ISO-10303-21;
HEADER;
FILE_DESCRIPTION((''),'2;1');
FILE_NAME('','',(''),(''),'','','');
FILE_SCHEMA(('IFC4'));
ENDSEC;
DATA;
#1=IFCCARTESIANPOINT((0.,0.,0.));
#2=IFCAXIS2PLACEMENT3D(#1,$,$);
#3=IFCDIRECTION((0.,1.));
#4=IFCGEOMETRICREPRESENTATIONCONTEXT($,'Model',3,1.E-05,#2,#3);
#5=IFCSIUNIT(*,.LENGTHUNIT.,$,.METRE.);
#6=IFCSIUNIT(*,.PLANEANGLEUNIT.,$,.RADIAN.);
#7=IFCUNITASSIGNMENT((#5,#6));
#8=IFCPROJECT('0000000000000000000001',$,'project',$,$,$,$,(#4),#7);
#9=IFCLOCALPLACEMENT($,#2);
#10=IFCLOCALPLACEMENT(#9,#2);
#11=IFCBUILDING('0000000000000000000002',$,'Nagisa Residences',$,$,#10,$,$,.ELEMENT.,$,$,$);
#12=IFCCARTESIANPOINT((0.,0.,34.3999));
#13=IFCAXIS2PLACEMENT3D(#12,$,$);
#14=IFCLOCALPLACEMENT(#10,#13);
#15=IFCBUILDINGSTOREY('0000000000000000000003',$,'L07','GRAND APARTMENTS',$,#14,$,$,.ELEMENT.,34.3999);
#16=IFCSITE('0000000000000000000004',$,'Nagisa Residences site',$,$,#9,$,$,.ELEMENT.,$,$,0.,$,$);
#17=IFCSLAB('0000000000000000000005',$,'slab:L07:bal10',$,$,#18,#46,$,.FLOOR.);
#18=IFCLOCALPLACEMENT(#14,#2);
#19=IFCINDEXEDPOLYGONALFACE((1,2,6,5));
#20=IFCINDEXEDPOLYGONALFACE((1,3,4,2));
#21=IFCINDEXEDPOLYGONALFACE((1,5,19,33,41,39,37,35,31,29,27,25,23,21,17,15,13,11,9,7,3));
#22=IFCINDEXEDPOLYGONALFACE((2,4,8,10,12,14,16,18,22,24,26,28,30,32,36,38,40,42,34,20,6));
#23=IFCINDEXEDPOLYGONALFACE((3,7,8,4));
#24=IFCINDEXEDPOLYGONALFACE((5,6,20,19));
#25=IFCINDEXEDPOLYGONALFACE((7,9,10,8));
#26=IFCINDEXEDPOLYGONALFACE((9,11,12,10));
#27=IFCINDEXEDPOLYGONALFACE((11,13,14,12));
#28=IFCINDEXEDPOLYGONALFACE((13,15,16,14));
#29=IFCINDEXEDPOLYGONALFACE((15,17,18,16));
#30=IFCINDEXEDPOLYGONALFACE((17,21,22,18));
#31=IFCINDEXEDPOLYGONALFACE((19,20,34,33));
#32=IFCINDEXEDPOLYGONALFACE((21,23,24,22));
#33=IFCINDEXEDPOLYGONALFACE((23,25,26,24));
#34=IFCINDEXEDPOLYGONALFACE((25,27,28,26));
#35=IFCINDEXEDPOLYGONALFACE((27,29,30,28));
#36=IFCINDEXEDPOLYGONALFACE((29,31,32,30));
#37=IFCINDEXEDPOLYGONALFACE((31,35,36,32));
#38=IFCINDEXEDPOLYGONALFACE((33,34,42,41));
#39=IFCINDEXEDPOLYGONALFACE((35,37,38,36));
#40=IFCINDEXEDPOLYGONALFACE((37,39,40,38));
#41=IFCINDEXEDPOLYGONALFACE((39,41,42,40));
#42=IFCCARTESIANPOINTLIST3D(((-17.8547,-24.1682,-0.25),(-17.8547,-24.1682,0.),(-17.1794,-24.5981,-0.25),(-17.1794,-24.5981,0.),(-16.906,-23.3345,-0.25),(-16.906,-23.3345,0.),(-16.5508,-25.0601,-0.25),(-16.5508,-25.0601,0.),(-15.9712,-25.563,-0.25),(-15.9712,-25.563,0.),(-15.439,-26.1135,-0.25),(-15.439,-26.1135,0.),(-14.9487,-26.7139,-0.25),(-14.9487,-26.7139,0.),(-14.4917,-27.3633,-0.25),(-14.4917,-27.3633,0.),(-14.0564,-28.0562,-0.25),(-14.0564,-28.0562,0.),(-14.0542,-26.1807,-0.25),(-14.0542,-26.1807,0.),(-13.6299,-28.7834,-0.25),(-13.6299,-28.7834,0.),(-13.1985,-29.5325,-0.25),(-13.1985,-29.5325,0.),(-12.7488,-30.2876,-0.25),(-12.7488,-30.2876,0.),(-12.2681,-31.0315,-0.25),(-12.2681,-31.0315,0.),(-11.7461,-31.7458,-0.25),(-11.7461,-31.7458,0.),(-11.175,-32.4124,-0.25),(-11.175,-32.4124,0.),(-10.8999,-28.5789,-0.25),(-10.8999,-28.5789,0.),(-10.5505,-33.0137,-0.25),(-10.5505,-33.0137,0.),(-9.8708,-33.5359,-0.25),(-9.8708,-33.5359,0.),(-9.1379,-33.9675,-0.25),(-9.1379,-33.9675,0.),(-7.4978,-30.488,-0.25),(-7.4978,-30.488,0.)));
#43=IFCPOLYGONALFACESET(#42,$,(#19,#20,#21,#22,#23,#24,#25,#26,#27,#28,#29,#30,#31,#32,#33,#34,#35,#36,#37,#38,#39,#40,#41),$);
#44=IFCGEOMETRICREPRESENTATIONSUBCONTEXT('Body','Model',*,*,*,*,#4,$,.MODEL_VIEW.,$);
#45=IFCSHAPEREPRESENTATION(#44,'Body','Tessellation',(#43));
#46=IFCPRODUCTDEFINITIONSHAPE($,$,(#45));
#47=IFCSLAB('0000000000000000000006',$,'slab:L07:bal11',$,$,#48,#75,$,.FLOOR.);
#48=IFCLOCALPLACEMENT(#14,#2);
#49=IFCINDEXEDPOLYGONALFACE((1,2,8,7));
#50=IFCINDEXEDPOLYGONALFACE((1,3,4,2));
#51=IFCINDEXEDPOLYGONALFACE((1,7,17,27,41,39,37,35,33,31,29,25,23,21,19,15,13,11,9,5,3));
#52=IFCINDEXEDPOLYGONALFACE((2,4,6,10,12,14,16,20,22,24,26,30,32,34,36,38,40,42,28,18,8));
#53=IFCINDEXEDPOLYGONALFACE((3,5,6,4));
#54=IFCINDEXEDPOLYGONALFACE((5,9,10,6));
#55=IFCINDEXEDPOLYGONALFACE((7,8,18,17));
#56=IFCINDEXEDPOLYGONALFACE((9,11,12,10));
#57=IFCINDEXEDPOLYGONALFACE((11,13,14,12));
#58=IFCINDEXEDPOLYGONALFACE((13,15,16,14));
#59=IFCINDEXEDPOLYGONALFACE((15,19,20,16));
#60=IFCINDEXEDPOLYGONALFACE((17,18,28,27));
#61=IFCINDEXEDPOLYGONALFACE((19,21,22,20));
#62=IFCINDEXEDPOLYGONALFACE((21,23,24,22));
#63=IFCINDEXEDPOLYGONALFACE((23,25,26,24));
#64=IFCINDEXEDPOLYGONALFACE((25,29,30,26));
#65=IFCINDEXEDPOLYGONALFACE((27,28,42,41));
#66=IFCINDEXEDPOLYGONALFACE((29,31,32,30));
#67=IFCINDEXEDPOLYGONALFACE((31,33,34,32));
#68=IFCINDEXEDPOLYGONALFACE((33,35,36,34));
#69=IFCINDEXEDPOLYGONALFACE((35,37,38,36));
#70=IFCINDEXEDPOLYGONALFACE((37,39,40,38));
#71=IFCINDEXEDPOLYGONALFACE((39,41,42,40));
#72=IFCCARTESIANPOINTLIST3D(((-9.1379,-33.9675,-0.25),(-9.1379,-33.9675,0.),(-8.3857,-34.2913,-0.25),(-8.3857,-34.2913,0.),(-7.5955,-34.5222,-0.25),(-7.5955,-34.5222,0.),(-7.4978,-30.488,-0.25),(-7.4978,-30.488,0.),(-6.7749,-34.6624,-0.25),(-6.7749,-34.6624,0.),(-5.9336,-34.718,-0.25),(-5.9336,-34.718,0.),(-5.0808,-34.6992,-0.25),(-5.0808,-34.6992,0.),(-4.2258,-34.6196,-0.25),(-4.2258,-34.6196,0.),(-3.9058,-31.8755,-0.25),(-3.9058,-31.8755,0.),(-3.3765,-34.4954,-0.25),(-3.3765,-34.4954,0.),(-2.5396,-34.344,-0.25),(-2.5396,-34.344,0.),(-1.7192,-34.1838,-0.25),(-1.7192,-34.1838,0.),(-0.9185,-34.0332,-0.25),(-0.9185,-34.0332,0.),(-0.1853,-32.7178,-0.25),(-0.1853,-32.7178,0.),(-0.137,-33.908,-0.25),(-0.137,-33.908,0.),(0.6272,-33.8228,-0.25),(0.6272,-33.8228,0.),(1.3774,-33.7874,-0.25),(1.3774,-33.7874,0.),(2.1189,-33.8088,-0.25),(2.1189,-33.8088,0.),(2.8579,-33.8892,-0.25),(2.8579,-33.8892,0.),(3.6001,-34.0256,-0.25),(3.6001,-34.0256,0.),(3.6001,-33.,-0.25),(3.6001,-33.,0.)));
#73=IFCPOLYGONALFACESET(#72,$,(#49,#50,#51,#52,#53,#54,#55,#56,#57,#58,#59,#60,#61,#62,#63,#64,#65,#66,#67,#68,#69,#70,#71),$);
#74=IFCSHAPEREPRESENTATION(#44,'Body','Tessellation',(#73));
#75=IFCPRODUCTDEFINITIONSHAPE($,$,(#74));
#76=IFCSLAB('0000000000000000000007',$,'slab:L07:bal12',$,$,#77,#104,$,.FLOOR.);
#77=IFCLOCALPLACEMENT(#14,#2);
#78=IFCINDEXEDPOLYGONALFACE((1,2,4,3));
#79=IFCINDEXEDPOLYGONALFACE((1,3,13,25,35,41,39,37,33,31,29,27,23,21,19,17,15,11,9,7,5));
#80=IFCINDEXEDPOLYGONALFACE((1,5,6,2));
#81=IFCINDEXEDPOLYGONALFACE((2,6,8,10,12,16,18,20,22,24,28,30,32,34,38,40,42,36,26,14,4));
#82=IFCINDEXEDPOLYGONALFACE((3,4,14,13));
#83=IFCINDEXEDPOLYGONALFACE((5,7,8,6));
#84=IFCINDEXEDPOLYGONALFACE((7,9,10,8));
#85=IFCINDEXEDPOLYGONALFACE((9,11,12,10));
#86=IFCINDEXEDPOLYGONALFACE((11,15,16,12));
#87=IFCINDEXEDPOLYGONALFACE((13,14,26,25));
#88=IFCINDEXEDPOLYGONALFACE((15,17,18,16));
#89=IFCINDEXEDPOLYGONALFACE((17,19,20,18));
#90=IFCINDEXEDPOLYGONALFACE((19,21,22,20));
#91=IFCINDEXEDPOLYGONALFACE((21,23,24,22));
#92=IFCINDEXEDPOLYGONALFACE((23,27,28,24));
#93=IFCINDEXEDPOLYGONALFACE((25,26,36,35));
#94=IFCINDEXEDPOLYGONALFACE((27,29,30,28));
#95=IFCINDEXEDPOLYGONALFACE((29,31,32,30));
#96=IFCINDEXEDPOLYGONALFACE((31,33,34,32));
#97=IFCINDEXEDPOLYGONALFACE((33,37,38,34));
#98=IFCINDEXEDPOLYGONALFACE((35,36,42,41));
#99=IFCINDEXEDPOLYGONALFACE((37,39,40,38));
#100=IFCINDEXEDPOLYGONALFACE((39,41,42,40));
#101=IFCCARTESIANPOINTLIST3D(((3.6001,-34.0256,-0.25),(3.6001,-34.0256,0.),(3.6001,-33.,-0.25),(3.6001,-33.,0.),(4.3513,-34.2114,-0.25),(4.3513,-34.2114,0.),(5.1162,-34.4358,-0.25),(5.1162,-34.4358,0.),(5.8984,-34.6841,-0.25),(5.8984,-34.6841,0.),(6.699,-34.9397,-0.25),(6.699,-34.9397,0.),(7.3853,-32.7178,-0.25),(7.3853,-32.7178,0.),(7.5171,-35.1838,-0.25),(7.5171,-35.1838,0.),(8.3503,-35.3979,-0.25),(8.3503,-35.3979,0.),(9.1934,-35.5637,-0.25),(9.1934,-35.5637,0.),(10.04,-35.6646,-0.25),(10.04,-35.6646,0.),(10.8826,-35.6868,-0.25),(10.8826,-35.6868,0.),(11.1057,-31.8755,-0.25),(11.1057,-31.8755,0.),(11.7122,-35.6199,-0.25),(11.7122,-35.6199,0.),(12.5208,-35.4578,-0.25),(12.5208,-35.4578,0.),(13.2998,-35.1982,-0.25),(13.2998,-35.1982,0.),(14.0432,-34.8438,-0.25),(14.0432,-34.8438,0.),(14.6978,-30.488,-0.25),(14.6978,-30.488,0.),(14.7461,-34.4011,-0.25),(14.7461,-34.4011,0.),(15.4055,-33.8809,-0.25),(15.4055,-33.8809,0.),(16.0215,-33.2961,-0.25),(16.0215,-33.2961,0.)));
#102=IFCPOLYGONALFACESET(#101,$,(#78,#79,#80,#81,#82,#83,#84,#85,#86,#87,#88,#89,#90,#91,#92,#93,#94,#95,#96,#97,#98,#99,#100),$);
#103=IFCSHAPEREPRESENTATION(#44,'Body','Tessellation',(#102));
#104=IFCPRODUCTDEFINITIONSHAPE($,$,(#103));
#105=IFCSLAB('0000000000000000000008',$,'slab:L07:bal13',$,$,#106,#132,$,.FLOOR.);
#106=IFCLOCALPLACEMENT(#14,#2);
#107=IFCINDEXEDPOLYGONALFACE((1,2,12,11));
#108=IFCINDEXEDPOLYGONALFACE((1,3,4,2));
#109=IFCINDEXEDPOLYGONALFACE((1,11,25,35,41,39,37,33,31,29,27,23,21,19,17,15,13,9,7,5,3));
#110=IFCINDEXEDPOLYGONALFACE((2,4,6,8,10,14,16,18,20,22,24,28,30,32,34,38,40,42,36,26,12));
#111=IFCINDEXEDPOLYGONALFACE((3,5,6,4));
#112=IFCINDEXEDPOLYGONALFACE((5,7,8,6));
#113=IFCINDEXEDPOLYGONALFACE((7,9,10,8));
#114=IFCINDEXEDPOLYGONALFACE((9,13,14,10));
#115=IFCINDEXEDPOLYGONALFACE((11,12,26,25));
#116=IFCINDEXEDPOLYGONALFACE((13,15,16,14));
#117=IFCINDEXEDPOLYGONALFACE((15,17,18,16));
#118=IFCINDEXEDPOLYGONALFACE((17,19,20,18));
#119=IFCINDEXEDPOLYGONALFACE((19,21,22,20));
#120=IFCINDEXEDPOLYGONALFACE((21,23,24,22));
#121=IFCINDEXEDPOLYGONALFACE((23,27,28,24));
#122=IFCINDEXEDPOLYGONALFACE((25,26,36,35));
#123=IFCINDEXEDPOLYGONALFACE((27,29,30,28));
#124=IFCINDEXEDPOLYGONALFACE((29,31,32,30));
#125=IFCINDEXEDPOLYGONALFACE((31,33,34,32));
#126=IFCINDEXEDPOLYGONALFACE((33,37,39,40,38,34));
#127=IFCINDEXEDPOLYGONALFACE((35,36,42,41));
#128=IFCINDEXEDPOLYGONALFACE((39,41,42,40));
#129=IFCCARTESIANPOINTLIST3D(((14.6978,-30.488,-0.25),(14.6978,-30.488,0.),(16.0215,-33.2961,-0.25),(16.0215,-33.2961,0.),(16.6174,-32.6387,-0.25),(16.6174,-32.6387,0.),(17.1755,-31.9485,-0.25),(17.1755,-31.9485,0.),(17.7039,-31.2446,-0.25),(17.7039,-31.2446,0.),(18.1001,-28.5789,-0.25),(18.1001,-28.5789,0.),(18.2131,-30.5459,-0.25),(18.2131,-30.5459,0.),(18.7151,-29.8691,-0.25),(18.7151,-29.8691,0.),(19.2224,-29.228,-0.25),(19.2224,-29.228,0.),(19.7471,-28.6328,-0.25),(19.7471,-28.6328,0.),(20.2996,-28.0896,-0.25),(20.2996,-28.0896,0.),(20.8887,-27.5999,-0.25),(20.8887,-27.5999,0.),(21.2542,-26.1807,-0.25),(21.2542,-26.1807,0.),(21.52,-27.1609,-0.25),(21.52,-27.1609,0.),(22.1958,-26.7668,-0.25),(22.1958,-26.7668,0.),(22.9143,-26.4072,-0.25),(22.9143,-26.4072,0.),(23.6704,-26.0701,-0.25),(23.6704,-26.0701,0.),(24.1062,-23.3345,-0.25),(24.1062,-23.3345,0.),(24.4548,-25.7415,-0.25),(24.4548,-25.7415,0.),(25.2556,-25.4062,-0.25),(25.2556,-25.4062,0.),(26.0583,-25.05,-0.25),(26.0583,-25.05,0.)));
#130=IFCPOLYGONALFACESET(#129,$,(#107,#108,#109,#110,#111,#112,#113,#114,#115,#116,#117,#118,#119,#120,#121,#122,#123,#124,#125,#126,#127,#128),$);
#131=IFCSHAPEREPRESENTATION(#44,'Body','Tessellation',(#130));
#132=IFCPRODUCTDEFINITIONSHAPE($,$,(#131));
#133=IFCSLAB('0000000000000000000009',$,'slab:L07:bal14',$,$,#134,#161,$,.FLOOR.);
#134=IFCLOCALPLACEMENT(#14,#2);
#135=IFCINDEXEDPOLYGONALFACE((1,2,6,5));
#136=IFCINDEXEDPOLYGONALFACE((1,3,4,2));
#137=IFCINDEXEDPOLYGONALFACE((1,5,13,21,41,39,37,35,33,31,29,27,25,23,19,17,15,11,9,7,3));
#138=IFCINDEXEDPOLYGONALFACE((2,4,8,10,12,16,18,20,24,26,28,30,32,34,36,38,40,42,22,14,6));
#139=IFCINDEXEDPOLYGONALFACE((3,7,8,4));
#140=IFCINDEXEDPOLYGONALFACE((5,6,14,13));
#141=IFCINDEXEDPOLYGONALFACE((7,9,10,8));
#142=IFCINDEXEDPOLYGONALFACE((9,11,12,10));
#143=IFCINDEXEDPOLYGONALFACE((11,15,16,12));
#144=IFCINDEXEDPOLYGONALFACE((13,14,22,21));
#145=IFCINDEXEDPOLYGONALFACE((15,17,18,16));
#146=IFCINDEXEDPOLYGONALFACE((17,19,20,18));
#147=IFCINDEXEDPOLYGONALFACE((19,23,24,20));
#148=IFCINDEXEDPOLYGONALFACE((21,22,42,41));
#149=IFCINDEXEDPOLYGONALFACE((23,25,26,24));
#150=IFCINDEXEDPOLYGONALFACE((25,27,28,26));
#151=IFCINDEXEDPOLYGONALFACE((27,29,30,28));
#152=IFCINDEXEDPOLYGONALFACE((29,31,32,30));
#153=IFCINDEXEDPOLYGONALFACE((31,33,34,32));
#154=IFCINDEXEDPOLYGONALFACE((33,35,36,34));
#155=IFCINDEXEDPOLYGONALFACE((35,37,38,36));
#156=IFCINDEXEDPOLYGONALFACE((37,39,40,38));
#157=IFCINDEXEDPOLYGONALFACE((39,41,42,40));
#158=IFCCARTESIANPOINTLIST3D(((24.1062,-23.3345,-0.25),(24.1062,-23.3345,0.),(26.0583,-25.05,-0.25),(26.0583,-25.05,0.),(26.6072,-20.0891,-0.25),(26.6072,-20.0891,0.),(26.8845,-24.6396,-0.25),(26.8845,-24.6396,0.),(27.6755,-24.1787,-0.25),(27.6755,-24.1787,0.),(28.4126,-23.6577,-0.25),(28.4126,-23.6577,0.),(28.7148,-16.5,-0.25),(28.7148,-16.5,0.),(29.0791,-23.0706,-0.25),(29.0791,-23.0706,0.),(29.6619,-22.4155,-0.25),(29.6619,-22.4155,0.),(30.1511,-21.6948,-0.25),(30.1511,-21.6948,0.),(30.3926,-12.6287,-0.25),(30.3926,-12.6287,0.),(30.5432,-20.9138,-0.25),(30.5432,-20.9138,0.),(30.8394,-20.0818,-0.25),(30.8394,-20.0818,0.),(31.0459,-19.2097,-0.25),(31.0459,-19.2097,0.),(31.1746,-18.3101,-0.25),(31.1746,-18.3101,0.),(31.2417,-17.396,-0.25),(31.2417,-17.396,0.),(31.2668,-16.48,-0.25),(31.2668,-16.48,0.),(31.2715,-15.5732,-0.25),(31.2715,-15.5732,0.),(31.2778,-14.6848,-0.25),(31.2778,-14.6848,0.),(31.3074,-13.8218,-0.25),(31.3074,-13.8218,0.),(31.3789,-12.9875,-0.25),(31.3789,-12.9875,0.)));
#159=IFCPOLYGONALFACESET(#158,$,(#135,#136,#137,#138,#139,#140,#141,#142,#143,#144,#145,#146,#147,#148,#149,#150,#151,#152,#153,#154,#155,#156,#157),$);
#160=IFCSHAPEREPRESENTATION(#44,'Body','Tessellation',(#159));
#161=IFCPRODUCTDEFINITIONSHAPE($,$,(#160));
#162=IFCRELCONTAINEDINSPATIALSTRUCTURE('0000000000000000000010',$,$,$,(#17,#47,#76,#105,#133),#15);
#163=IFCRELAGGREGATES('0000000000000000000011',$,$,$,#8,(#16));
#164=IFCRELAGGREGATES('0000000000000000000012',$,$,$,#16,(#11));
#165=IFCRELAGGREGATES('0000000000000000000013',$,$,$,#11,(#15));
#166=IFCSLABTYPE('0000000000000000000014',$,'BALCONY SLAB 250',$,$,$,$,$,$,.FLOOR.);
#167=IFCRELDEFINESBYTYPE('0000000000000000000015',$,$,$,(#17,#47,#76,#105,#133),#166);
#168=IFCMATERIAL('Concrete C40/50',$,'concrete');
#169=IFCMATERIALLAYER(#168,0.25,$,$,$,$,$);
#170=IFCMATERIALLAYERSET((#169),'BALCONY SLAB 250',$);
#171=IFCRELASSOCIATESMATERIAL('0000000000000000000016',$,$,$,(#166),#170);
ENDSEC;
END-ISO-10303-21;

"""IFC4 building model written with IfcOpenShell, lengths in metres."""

from ifc_helpers import new_model, si_unit, direction, frame, origin, place, context, subcontext, project, spatial, polyline, outline, extrude, material, layer, layer_set, type_object, element, save


model = new_model("IFC4")

# Units and contexts
model_context = context("Model", 3, precision=1e-05, world=origin(), true_north=direction((0.0, 1.0)))
body_context = subcontext(model_context, "Body", "Model", "MODEL_VIEW")
ifc_project = project(units=[si_unit("LENGTHUNIT", "METRE"), si_unit("PLANEANGLEUNIT", "RADIAN")], contexts=[model_context])

# Site, building, storey
site_placement = place(None, origin())
site = spatial("IfcSite", under=ifc_project, at=site_placement, Name="Nagisa Residences site", CompositionType="ELEMENT", RefElevation=0.0)
building_placement = place(site_placement, origin())
building = spatial("IfcBuilding", under=site, at=building_placement, Name="Nagisa Residences", CompositionType="ELEMENT")
storey_placement = place(building_placement, frame((0.0, 0.0, 34.3999)))
storey = spatial("IfcBuildingStorey", under=building, at=storey_placement, Name="L07", Description="GRAND APARTMENTS", CompositionType="ELEMENT", Elevation=34.3999)

# Slabs
ifc_material_1 = material(Name="Concrete C40/50", Category="concrete")
ifc_layer_1 = layer(ifc_material_1, 0.25)
ifc_layer_set_1 = layer_set([ifc_layer_1], Name="BALCONY SLAB 250")
slab_type = type_object("IfcSlabType", Name="BALCONY SLAB 250", PredefinedType="FLOOR", material=ifc_layer_set_1)
slab_1_placement = place(storey_placement, frame((0.0, 0.0, -0.25)))
element("IfcSlab", 1, at=slab_1_placement, inside=storey, type_object=slab_type, Name="slab:L07:bal10", PredefinedType="FLOOR", context=body_context, shape_type="SweptSolid", body=[
    extrude(outline(polyline([(-17.8547, -24.1682), (-17.1794, -24.5981), (-16.5508, -25.0601), (-15.9712, -25.563), (-15.439, -26.1135), (-14.9487, -26.7139), (-14.4917, -27.3633), (-14.0564, -28.0562), (-13.6299, -28.7834), (-13.1985, -29.5325), (-12.7488, -30.2876), (-12.2681, -31.0315), (-11.7461, -31.7458), (-11.175, -32.4124), (-10.5505, -33.0137), (-9.8708, -33.5359), (-9.1379, -33.9675), (-7.4978, -30.488), (-10.8999, -28.5789), (-14.0542, -26.1807), (-16.906, -23.3345), (-17.8547, -24.1682)])), origin(), (0.0, 0.0, 1.0), 0.25),
])
slab_2_placement = place(storey_placement, frame((0.0, 0.0, -0.25)))
element("IfcSlab", 2, at=slab_2_placement, inside=storey, type_object=slab_type, Name="slab:L07:bal11", PredefinedType="FLOOR", context=body_context, shape_type="SweptSolid", body=[
    extrude(outline(polyline([(-9.1379, -33.9675), (-8.3857, -34.2913), (-7.5955, -34.5222), (-6.7749, -34.6624), (-5.9336, -34.718), (-5.0808, -34.6992), (-4.2258, -34.6196), (-3.3765, -34.4954), (-2.5396, -34.344), (-1.7192, -34.1838), (-0.9185, -34.0332), (-0.137, -33.908), (0.6272, -33.8228), (1.3774, -33.7874), (2.1189, -33.8088), (2.8579, -33.8892), (3.6001, -34.0256), (3.6001, -33.0), (-0.1853, -32.7178), (-3.9058, -31.8755), (-7.4978, -30.488), (-9.1379, -33.9675)])), origin(), (0.0, 0.0, 1.0), 0.25),
])
slab_3_placement = place(storey_placement, frame((0.0, 0.0, -0.25)))
element("IfcSlab", 3, at=slab_3_placement, inside=storey, type_object=slab_type, Name="slab:L07:bal12", PredefinedType="FLOOR", context=body_context, shape_type="SweptSolid", body=[
    extrude(outline(polyline([(3.6001, -34.0256), (4.3513, -34.2114), (5.1162, -34.4358), (5.8984, -34.6841), (6.699, -34.9397), (7.5171, -35.1838), (8.3503, -35.3979), (9.1934, -35.5637), (10.04, -35.6646), (10.8826, -35.6868), (11.7122, -35.6199), (12.5208, -35.4578), (13.2998, -35.1982), (14.0432, -34.8438), (14.7461, -34.4011), (15.4055, -33.8809), (16.0215, -33.2961), (14.6978, -30.488), (11.1057, -31.8755), (7.3853, -32.7178), (3.6001, -33.0), (3.6001, -34.0256)])), origin(), (0.0, 0.0, 1.0), 0.25),
])
slab_4_placement = place(storey_placement, frame((0.0, 0.0, -0.25)))
element("IfcSlab", 4, at=slab_4_placement, inside=storey, type_object=slab_type, Name="slab:L07:bal13", PredefinedType="FLOOR", context=body_context, shape_type="SweptSolid", body=[
    extrude(outline(polyline([(16.0215, -33.2961), (16.6174, -32.6387), (17.1755, -31.9485), (17.7039, -31.2446), (18.2131, -30.5459), (18.7151, -29.8691), (19.2224, -29.228), (19.7471, -28.6328), (20.2996, -28.0896), (20.8887, -27.5999), (21.52, -27.1609), (22.1958, -26.7668), (22.9143, -26.4072), (23.6704, -26.0701), (24.4548, -25.7415), (25.2556, -25.4062), (26.0583, -25.05), (24.1062, -23.3345), (21.2542, -26.1807), (18.1001, -28.5789), (14.6978, -30.488), (16.0215, -33.2961)])), origin(), (0.0, 0.0, 1.0), 0.25),
])
slab_5_placement = place(storey_placement, frame((0.0, 0.0, -0.25)))
element("IfcSlab", 5, at=slab_5_placement, inside=storey, type_object=slab_type, Name="slab:L07:bal14", PredefinedType="FLOOR", context=body_context, shape_type="SweptSolid", body=[
    extrude(outline(polyline([(26.0583, -25.05), (26.8845, -24.6396), (27.6755, -24.1787), (28.4126, -23.6577), (29.0791, -23.0706), (29.6619, -22.4155), (30.1511, -21.6948), (30.5432, -20.9138), (30.8394, -20.0818), (31.0459, -19.2097), (31.1746, -18.3101), (31.2417, -17.396), (31.2668, -16.48), (31.2715, -15.5732), (31.2778, -14.6848), (31.3074, -13.8218), (31.3789, -12.9875), (30.3926, -12.6287), (28.7148, -16.5), (26.6072, -20.0891), (24.1062, -23.3345), (26.0583, -25.05)])), origin(), (0.0, 0.0, 1.0), 0.25),
])

save(model, "model.ifc")
